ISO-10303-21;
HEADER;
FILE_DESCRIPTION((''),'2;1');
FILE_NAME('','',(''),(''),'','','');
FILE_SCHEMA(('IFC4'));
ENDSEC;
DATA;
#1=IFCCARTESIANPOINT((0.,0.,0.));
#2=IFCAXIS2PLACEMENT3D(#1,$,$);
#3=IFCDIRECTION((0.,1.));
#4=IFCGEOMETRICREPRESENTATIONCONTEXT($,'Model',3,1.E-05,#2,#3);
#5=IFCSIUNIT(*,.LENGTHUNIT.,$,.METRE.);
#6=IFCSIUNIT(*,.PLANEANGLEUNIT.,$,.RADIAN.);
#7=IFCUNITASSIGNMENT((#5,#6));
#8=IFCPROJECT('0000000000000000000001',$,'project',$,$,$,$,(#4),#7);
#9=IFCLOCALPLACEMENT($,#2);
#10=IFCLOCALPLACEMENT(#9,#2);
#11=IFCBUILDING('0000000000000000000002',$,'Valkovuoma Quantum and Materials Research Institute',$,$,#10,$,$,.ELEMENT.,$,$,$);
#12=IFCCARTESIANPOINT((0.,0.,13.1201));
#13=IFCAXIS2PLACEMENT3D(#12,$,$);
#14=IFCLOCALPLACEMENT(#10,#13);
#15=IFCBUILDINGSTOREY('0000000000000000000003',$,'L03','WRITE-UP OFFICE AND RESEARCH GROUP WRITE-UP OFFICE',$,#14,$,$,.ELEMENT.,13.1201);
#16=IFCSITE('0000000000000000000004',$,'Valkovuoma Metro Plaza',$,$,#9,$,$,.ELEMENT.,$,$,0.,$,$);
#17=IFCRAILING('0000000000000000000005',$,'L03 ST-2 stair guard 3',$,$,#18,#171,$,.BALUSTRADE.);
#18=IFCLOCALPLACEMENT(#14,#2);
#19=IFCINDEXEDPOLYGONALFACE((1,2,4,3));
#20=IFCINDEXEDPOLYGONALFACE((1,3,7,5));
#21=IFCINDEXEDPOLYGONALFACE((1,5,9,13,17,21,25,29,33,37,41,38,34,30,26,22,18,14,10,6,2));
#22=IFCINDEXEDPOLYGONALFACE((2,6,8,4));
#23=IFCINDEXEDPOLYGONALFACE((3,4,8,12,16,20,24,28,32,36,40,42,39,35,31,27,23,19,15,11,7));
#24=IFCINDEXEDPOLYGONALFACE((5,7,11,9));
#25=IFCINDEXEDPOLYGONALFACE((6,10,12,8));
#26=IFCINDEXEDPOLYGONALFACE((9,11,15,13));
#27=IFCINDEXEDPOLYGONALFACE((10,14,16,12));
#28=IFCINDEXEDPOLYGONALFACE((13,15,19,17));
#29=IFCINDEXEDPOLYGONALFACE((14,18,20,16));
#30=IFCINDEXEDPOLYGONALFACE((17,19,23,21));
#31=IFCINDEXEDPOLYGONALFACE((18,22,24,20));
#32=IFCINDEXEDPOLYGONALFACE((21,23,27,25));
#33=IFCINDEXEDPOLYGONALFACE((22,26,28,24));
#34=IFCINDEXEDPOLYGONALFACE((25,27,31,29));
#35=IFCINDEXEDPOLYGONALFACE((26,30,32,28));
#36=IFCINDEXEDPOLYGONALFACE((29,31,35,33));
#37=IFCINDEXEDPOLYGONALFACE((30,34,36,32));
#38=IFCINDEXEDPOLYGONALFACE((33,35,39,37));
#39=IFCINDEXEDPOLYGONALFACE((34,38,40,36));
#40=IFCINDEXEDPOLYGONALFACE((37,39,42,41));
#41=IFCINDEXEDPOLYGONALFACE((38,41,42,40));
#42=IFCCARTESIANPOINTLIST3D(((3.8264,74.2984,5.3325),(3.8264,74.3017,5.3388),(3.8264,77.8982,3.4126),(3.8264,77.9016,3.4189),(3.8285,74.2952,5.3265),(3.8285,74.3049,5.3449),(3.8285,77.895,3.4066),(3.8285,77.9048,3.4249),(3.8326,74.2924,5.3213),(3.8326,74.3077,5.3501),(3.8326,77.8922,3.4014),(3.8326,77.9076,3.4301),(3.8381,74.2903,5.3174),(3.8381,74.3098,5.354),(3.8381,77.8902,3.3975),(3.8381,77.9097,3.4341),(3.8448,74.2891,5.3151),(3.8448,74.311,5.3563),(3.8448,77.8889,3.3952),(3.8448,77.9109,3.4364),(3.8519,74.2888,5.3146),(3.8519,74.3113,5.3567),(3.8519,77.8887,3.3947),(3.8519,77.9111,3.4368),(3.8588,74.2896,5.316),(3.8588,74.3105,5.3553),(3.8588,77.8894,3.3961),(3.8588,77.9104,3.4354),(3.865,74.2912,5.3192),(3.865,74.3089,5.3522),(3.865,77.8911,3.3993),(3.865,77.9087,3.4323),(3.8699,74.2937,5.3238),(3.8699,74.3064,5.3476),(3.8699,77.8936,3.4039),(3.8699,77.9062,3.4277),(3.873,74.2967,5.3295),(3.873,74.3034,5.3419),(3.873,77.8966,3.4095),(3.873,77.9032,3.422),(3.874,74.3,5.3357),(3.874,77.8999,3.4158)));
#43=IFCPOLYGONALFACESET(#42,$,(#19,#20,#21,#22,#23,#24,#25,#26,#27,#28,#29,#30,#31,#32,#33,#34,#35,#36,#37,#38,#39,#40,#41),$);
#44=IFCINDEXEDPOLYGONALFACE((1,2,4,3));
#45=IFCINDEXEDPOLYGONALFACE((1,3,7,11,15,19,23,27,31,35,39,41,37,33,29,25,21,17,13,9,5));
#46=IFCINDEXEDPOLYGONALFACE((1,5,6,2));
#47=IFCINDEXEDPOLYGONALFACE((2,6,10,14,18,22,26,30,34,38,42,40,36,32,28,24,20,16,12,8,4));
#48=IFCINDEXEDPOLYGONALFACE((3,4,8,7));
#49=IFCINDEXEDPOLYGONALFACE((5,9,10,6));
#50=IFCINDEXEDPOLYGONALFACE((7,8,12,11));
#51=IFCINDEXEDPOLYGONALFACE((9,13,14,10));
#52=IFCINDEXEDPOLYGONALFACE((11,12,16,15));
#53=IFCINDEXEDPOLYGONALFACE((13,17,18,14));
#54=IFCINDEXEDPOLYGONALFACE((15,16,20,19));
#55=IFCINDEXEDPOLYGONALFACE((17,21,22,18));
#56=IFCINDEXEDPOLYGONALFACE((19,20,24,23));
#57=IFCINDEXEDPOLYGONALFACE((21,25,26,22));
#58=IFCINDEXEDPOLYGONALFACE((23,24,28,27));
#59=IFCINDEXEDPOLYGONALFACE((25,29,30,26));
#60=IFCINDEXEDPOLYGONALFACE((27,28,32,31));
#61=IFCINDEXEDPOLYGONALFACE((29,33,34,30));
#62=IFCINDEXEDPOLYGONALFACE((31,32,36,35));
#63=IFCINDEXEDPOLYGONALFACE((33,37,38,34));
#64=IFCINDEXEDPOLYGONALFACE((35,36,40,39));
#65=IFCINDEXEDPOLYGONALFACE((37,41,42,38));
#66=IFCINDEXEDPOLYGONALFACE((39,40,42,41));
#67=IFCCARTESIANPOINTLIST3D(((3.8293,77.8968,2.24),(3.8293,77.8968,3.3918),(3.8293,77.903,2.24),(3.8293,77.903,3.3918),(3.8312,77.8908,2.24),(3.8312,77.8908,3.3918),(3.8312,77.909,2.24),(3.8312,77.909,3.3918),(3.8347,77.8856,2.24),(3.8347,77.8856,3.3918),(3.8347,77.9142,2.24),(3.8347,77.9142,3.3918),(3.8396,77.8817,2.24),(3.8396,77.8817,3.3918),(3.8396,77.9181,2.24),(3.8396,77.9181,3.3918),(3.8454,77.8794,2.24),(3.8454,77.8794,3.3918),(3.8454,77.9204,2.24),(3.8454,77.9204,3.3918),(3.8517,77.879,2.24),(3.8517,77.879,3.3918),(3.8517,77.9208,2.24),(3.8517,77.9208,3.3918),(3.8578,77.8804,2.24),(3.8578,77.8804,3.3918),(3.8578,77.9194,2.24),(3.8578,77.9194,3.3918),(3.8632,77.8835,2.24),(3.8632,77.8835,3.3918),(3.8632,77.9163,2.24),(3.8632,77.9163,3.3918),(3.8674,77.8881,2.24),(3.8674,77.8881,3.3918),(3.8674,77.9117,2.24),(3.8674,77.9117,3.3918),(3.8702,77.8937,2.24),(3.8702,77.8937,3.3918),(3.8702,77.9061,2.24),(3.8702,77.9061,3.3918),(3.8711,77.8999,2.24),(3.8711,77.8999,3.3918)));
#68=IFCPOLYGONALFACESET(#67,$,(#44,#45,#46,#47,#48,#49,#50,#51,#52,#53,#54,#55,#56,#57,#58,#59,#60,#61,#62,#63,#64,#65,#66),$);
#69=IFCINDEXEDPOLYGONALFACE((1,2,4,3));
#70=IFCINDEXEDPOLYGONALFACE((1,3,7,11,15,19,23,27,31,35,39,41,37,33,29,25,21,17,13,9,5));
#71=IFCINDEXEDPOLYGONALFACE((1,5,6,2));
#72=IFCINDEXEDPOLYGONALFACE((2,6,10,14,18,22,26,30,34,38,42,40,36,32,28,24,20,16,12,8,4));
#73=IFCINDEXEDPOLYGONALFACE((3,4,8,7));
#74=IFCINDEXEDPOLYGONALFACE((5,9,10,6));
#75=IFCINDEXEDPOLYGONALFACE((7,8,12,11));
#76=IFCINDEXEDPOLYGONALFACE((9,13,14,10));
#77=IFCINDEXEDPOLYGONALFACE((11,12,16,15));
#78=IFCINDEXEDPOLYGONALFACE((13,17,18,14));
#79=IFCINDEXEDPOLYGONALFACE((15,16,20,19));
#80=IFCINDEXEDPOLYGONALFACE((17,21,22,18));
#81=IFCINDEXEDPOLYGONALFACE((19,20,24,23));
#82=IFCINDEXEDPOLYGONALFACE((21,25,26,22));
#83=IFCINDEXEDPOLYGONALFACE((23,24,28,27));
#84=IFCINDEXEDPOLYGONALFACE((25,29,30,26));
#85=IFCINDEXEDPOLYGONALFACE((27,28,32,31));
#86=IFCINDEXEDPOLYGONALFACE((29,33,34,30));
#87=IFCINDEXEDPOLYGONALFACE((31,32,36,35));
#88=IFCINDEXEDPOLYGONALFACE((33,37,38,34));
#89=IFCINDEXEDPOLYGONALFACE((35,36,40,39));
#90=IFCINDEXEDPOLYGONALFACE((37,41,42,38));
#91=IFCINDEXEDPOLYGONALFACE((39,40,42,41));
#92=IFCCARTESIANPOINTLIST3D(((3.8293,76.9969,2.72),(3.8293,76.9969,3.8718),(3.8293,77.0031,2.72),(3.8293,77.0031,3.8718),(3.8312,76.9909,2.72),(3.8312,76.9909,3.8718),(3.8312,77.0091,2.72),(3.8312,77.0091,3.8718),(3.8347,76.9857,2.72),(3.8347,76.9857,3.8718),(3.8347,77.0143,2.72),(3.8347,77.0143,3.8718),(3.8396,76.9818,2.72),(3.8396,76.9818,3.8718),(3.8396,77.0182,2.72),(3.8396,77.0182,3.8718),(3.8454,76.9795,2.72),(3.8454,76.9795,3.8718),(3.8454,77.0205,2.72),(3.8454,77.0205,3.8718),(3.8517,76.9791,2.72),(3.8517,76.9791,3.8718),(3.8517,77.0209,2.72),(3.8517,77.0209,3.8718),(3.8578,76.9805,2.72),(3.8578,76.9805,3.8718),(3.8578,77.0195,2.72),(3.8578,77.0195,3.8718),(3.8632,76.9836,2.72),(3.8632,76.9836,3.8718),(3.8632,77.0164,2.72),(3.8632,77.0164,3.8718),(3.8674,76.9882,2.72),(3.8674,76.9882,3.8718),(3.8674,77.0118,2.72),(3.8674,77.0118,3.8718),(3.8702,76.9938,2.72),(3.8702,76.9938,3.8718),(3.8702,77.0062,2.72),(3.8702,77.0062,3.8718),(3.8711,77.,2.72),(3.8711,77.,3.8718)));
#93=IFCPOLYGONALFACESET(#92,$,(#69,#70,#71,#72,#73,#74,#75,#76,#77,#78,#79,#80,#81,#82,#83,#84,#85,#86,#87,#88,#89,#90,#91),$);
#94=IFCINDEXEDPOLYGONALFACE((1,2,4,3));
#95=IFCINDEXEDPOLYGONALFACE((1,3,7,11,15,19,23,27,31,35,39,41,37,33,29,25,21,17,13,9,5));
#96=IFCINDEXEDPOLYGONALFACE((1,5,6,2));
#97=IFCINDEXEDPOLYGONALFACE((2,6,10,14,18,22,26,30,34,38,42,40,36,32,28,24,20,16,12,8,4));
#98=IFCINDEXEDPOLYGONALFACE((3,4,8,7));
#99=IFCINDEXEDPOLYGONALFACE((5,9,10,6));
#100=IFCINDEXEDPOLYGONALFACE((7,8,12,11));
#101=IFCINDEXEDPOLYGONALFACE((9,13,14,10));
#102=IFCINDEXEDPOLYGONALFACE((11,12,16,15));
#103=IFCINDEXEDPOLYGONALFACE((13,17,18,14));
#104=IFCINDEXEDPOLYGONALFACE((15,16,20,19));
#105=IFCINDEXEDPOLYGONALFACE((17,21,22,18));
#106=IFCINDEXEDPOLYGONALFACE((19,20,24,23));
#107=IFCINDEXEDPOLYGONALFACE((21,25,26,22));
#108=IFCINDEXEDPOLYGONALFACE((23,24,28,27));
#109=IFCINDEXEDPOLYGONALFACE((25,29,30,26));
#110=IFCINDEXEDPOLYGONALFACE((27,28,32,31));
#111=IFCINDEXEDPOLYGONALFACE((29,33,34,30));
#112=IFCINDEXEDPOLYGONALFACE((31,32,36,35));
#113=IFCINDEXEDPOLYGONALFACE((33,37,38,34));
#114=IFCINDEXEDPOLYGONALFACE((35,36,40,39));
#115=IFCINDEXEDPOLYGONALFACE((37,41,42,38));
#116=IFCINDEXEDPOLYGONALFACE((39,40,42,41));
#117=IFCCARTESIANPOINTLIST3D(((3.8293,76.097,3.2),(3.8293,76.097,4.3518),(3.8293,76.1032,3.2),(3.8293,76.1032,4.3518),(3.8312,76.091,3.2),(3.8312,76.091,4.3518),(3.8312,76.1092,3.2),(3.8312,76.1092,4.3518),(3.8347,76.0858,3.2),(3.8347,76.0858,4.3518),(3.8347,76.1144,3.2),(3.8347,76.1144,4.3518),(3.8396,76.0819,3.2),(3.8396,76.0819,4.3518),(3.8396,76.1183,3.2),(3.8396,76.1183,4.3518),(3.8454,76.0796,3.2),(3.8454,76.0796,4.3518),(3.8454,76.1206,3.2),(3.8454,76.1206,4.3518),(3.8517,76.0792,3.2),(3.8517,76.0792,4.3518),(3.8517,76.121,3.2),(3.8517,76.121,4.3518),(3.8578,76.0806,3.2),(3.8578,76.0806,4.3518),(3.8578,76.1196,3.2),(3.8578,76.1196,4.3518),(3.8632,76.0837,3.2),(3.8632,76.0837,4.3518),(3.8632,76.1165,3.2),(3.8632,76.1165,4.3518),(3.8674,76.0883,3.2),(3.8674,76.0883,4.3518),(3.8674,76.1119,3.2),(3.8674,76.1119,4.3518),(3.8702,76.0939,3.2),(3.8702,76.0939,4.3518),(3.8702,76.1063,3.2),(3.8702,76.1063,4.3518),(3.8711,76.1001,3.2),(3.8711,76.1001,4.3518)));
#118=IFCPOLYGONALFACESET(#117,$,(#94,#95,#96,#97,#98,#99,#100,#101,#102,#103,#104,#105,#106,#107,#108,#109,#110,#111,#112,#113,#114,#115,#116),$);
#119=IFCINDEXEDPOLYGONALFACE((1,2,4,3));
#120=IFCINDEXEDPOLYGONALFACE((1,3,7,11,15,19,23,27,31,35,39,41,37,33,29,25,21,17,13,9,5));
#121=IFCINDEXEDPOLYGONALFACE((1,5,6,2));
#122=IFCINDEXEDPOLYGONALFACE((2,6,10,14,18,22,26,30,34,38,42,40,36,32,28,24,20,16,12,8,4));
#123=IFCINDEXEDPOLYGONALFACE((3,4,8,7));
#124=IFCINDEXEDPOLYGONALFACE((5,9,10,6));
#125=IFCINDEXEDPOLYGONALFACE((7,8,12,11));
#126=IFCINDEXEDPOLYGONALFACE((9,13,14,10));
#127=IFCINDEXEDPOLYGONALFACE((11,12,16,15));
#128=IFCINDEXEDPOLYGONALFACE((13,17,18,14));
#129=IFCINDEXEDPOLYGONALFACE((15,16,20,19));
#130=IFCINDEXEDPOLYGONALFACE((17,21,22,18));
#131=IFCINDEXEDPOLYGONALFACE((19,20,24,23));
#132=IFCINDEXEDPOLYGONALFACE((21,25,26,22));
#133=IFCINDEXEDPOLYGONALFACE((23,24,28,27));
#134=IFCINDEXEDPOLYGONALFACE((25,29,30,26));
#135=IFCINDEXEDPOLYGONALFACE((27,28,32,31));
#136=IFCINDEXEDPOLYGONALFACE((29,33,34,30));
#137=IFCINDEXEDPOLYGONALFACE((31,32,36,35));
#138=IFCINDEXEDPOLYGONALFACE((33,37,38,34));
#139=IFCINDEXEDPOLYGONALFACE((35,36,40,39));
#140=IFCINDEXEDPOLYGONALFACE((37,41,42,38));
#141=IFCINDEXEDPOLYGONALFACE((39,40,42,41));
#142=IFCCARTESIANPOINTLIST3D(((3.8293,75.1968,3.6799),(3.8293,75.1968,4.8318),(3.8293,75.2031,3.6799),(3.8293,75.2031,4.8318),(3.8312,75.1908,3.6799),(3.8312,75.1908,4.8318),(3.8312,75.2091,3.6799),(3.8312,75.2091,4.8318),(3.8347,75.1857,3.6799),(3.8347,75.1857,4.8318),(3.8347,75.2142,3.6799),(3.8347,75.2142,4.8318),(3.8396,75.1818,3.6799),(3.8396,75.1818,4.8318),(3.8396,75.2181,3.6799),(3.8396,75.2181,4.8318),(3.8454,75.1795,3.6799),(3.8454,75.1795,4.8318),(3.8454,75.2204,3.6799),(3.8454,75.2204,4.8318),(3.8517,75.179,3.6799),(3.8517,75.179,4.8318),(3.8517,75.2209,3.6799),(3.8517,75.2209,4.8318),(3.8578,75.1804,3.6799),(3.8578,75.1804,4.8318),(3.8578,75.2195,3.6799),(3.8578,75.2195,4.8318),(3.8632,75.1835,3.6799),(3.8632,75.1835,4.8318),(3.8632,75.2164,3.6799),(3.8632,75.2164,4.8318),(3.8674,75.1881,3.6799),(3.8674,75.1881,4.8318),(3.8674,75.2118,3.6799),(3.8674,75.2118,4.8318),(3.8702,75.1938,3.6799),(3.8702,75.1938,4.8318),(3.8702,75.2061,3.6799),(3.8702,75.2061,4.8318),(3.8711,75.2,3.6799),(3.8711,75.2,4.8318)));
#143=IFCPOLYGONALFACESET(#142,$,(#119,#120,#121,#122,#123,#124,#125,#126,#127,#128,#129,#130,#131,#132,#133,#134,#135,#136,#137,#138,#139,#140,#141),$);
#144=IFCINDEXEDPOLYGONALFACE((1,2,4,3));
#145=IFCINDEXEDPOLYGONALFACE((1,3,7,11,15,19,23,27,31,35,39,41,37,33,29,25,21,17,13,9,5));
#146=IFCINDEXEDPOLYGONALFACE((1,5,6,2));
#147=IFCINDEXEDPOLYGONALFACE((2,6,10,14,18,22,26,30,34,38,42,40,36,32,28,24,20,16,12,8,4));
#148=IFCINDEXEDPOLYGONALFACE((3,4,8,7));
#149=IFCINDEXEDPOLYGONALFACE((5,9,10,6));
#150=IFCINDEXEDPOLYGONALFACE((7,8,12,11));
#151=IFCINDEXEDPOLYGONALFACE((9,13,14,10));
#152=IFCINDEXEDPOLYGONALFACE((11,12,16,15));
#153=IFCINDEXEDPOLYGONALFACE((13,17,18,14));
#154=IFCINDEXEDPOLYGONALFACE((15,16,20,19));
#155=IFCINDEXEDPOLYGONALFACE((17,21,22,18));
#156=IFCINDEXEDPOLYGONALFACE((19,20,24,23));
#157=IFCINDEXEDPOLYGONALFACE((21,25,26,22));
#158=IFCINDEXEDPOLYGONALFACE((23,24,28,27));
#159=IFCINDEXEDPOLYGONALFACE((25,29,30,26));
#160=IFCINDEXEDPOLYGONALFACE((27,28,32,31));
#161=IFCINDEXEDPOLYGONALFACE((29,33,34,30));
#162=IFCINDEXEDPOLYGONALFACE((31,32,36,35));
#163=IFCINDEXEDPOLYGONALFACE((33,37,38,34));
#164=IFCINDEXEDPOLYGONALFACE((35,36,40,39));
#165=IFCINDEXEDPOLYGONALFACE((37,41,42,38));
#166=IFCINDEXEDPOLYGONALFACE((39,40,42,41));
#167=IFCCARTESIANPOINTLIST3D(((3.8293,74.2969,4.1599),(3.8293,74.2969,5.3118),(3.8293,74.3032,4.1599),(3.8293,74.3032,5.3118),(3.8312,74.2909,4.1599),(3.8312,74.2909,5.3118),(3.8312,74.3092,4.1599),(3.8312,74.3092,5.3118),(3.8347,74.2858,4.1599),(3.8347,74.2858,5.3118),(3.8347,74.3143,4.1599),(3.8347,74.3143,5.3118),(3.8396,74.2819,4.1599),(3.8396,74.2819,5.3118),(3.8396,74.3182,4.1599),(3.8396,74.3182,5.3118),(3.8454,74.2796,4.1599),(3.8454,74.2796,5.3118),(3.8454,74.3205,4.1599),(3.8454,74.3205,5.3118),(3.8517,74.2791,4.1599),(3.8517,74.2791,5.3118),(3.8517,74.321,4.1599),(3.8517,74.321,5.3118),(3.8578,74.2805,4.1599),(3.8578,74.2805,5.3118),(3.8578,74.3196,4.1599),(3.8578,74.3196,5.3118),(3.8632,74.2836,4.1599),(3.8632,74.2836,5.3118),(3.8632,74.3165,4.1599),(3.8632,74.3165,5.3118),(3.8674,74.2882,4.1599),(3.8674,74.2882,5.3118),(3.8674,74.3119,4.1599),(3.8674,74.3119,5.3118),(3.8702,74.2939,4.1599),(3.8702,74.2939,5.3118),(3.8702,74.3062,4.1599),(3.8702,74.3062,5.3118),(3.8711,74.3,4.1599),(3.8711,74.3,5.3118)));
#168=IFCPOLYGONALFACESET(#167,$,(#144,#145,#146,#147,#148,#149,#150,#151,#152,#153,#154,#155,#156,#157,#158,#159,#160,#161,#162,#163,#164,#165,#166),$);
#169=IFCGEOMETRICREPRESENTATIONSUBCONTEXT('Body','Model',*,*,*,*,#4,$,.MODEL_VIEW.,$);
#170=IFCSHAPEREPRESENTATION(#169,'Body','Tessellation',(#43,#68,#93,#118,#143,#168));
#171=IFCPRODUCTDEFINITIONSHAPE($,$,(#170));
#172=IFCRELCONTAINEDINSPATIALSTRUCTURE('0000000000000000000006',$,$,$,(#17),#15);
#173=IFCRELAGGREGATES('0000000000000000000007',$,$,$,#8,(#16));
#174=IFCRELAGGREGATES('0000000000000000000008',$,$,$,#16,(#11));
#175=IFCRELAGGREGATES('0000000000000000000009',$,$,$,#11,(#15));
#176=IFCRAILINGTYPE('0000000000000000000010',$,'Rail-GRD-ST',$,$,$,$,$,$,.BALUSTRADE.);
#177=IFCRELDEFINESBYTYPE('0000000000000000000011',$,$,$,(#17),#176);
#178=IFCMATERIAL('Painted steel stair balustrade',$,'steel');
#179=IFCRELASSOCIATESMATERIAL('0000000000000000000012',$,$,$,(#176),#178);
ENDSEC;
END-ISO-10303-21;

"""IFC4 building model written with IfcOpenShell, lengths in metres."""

from ifc_helpers import new_model, si_unit, direction, frame, origin, origin_2d, place, context, subcontext, project, spatial, circle, extrude, material, type_object, element, save


model = new_model("IFC4")

# Units and contexts
model_context = context("Model", 3, precision=1e-05, world=origin(), true_north=direction((0.0, 1.0)))
body_context = subcontext(model_context, "Body", "Model", "MODEL_VIEW")
ifc_project = project(units=[si_unit("LENGTHUNIT", "METRE"), si_unit("PLANEANGLEUNIT", "RADIAN")], contexts=[model_context])

# Site, building, storey
site_placement = place(None, origin())
site = spatial("IfcSite", under=ifc_project, at=site_placement, Name="Valkovuoma Metro Plaza", CompositionType="ELEMENT", RefElevation=0.0)
building_placement = place(site_placement, origin())
building = spatial("IfcBuilding", under=site, at=building_placement, Name="Valkovuoma Quantum and Materials Research Institute", CompositionType="ELEMENT")
storey_placement = place(building_placement, frame((0.0, 0.0, 13.1201)))
storey = spatial("IfcBuildingStorey", under=building, at=storey_placement, Name="L03", Description="WRITE-UP OFFICE AND RESEARCH GROUP WRITE-UP OFFICE", CompositionType="ELEMENT", Elevation=13.1201)

# Railing
ifc_material_1 = material(Name="Painted steel stair balustrade", Category="steel")
railing_type_1 = type_object("IfcRailingType", Name="Rail-GRD-ST", PredefinedType="BALUSTRADE", material=ifc_material_1)
railing_1_placement = place(storey_placement, frame((3.8501, 77.8999, 2.24)))
element("IfcRailing", 1, at=railing_1_placement, inside=storey, type_object=railing_type_1, Name="L03 ST-2 stair guard 3", PredefinedType="BALUSTRADE", context=body_context, shape_type="SweptSolid", body=[
    extrude(circle(Radius=0.0239, at=origin_2d()), frame((0.0, 0.0, 1.1758), z_axis=(0.0, -0.882353, 0.470588), x_axis=(1.0, 0.0, 0.0)), (0.0, 0.0, 1.0), 4.0798),
    extrude(circle(Radius=0.021, at=origin_2d()), origin(), (0.0, 0.0, 1.0), 1.1519),
    extrude(circle(Radius=0.021, at=origin_2d()), frame((0.0, -0.8999, 0.48)), (0.0, 0.0, 1.0), 1.1519),
    extrude(circle(Radius=0.021, at=origin_2d()), frame((0.0, -1.7998, 0.96)), (0.0, 0.0, 1.0), 1.1519),
    extrude(circle(Radius=0.021, at=origin_2d()), frame((0.0, -2.7, 1.4399)), (0.0, 0.0, 1.0), 1.1519),
    extrude(circle(Radius=0.021, at=origin_2d()), frame((0.0, -3.5999, 1.9199)), (0.0, 0.0, 1.0), 1.1519),
])

save(model, "model.ifc")
